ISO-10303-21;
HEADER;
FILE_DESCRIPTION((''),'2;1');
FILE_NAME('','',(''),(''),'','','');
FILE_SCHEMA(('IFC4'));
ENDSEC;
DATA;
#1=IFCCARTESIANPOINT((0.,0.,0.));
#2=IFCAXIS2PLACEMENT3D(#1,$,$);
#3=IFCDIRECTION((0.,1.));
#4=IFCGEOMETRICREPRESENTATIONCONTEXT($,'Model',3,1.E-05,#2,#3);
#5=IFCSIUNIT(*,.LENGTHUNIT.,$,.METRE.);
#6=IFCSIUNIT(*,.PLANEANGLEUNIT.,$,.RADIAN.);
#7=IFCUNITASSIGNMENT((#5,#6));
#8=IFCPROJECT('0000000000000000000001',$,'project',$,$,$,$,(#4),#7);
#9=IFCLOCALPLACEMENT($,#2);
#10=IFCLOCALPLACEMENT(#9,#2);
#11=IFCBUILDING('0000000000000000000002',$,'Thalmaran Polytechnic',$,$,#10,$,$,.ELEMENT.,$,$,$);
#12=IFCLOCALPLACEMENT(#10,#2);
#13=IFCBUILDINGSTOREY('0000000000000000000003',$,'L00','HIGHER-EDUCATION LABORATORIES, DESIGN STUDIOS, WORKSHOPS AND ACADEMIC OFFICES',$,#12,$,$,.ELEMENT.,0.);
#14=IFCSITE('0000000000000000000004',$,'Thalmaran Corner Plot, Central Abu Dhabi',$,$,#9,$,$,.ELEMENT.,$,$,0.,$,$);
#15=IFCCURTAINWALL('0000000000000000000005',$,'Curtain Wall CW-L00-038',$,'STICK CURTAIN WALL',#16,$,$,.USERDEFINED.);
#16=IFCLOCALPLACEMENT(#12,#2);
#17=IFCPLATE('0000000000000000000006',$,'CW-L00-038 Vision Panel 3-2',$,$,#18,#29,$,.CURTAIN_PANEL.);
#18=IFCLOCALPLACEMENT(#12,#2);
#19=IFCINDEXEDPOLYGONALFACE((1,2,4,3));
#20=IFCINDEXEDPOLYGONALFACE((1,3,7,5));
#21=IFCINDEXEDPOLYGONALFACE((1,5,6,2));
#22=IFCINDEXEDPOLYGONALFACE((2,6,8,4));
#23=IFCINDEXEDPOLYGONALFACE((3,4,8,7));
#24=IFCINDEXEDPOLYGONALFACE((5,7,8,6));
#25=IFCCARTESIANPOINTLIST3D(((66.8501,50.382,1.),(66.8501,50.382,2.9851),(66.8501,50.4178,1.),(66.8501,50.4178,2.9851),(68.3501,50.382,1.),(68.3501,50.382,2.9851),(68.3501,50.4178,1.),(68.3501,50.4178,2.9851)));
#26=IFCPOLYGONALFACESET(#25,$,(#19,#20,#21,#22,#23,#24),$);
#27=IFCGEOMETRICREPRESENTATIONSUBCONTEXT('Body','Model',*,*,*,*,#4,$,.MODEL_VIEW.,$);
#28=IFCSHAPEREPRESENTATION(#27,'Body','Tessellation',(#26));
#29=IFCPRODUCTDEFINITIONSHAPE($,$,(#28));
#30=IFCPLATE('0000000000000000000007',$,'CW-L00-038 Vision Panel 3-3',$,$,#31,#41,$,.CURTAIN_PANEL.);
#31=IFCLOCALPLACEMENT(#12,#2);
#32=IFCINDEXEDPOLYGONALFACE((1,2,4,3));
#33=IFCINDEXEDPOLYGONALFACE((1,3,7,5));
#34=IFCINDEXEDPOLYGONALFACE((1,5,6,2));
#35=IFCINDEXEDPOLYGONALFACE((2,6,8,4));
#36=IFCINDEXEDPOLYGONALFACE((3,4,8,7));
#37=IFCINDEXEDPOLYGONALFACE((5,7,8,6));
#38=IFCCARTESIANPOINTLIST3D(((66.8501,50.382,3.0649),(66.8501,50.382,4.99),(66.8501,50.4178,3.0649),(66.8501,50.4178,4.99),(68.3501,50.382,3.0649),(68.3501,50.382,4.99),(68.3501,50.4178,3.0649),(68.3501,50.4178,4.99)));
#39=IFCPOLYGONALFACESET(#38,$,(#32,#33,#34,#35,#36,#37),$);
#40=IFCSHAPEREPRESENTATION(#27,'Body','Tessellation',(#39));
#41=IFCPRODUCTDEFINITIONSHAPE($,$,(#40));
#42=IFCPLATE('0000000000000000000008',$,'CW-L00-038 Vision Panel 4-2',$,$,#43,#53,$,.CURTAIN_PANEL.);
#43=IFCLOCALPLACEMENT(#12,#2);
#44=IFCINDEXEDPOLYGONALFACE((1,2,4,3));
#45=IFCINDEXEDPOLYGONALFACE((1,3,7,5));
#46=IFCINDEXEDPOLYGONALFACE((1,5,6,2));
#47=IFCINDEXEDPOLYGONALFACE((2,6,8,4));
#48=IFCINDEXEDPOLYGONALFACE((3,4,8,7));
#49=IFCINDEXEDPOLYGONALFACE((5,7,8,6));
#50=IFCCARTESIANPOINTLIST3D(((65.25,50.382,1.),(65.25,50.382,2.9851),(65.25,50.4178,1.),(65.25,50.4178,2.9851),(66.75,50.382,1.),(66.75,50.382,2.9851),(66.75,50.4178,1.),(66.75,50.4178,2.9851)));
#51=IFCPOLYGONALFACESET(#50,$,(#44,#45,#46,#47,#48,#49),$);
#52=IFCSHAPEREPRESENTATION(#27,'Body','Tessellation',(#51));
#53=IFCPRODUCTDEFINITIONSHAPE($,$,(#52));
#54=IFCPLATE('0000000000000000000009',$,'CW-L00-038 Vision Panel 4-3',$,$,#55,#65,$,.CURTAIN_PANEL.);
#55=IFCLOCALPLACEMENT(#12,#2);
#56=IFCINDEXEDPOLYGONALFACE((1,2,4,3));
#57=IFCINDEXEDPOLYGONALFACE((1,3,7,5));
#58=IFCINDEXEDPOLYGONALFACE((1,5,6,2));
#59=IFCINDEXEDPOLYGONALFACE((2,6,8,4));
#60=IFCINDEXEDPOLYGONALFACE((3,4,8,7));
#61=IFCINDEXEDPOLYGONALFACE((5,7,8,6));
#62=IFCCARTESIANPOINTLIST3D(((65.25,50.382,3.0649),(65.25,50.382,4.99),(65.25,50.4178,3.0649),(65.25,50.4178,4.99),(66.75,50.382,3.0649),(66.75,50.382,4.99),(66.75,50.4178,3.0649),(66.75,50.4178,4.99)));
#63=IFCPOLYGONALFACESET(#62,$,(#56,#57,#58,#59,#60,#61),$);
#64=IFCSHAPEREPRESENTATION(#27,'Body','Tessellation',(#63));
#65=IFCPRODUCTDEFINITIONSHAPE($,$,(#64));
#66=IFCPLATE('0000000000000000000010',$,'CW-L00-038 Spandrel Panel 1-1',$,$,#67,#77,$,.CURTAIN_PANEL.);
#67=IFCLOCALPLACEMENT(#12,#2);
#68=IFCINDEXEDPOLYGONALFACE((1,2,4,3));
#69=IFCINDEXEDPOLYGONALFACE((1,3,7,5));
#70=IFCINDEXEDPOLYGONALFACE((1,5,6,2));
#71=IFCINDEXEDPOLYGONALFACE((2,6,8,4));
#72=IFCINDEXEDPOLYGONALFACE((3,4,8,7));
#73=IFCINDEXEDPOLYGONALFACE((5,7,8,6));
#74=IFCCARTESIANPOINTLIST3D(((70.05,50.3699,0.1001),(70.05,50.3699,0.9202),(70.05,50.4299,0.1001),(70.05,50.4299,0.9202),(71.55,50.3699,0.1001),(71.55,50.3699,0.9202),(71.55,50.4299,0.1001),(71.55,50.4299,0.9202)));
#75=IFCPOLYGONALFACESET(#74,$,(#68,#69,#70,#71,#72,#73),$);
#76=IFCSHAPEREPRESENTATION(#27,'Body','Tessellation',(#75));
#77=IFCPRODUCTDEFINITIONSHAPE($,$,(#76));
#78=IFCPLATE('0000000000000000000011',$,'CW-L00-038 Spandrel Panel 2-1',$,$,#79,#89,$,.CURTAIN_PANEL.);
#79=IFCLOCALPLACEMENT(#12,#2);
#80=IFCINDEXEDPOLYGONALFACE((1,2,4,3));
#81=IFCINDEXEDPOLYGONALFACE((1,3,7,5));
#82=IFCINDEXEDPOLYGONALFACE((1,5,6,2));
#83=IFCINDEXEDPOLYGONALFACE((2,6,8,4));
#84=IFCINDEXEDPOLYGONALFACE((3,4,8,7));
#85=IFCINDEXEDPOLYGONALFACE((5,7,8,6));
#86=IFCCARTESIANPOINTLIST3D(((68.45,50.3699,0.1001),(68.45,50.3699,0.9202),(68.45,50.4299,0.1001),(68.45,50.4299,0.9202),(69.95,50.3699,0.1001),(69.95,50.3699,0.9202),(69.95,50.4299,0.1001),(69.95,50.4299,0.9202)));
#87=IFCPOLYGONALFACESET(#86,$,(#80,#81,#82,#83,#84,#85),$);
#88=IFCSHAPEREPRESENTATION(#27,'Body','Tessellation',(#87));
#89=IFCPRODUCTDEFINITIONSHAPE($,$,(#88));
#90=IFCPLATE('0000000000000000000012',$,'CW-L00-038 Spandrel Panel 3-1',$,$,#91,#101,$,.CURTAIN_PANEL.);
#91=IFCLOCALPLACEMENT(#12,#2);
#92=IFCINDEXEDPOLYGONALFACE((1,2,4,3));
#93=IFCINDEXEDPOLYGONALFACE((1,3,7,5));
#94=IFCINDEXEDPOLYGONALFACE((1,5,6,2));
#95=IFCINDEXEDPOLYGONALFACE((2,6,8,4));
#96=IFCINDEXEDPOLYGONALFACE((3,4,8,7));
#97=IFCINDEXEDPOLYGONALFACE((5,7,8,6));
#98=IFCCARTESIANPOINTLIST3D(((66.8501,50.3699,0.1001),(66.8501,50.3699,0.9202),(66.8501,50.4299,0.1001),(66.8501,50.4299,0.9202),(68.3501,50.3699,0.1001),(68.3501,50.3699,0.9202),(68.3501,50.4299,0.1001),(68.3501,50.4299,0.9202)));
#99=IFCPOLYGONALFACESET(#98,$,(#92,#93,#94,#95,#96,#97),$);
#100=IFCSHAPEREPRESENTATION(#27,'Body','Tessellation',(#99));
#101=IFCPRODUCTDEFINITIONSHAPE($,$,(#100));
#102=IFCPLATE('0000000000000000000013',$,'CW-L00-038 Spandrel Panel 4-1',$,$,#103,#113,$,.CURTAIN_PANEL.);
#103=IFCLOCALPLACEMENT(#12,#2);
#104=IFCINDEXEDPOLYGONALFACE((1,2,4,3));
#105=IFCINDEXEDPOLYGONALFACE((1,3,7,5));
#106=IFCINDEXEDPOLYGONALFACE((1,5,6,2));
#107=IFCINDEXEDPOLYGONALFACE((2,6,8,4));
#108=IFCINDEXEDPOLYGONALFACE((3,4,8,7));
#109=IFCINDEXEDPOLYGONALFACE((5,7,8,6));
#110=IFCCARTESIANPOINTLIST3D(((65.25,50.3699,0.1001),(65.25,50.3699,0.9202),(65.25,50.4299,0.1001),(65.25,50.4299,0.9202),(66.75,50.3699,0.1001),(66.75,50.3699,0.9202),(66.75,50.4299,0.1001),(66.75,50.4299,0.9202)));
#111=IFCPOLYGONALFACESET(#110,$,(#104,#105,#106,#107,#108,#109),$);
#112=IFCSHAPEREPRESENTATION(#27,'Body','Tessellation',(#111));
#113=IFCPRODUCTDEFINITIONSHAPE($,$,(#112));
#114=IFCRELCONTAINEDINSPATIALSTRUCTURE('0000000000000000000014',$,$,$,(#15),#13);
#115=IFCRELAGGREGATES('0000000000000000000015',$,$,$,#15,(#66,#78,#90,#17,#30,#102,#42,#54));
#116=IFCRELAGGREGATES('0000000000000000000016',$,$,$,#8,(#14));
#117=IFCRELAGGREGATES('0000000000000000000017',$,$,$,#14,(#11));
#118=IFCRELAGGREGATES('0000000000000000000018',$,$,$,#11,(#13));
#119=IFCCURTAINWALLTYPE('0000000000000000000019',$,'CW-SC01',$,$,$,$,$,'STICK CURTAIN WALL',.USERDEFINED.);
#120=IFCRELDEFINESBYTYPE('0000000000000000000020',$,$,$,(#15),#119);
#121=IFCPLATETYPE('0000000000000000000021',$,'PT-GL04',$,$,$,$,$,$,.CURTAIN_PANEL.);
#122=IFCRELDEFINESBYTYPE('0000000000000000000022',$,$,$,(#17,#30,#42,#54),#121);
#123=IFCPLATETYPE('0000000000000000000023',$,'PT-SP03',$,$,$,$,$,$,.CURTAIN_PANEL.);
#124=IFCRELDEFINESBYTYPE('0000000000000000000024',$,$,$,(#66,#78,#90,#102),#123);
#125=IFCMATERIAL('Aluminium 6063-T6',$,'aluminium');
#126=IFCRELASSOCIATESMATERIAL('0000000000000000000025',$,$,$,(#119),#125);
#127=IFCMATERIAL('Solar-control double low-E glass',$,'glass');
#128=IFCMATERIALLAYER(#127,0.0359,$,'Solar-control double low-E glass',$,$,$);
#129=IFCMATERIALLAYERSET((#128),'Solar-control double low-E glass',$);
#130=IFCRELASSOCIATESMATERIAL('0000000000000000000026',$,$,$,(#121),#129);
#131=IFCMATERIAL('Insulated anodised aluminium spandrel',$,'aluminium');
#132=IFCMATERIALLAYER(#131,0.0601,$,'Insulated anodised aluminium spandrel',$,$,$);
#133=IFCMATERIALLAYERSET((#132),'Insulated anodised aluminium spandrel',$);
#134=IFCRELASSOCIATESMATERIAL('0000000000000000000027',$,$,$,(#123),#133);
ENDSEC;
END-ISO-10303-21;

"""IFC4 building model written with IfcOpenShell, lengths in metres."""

from ifc_helpers import new_model, si_unit, direction, frame, origin, origin_2d, place, context, subcontext, project, spatial, rectangle, extrude, material, layer, layer_set, type_object, element, aggregate, save


model = new_model("IFC4")

# Units and contexts
model_context = context("Model", 3, precision=1e-05, world=origin(), true_north=direction((0.0, 1.0)))
body_context = subcontext(model_context, "Body", "Model", "MODEL_VIEW")
ifc_project = project(units=[si_unit("LENGTHUNIT", "METRE"), si_unit("PLANEANGLEUNIT", "RADIAN")], contexts=[model_context])

# Site, building, storey
site_placement = place(None, origin())
site = spatial("IfcSite", under=ifc_project, at=site_placement, Name="Thalmaran Corner Plot, Central Abu Dhabi", CompositionType="ELEMENT", RefElevation=0.0)
building_placement = place(site_placement, origin())
building = spatial("IfcBuilding", under=site, at=building_placement, Name="Thalmaran Polytechnic", CompositionType="ELEMENT")
storey_placement = place(building_placement, origin())
storey = spatial("IfcBuildingStorey", under=building, at=storey_placement, Name="L00", Description="HIGHER-EDUCATION LABORATORIES, DESIGN STUDIOS, WORKSHOPS AND ACADEMIC OFFICES", CompositionType="ELEMENT", Elevation=0.0)

# Curtain wall
ifc_material_1 = material(Name="Aluminium 6063-T6", Category="aluminium")
curtain_wall_type = type_object("IfcCurtainWallType", Name="CW-SC01", ElementType="STICK CURTAIN WALL", PredefinedType="USERDEFINED", material=ifc_material_1)
curtain_wall_1_placement = place(storey_placement, origin())
curtain_wall_1 = element("IfcCurtainWall", 1, at=curtain_wall_1_placement, inside=storey, type_object=curtain_wall_type, Name="Curtain Wall CW-L00-038", ObjectType="STICK CURTAIN WALL", PredefinedType="USERDEFINED")

# Plates
ifc_material_2 = material(Name="Solar-control double low-E glass", Category="glass")
ifc_layer_1 = layer(ifc_material_2, 0.0359, Name="Solar-control double low-E glass")
ifc_layer_set_1 = layer_set([ifc_layer_1], Name="Solar-control double low-E glass")
plate_type_1 = type_object("IfcPlateType", Name="PT-GL04", PredefinedType="CURTAIN_PANEL", material=ifc_layer_set_1)
plate_1_placement = place(storey_placement, frame((67.6001, 50.3999, 1.0), z_axis=(0.0, 0.0, 1.0), x_axis=(-1.0, 0.0, 0.0)))
plate_1 = element("IfcPlate", 2, at=plate_1_placement, type_object=plate_type_1, Name="CW-L00-038 Vision Panel 3-2", PredefinedType="CURTAIN_PANEL", context=body_context, shape_type="SweptSolid", body=[
    extrude(rectangle(XDim=1.5, YDim=0.0359, at=origin_2d()), origin(), (0.0, 0.0, 1.0), 1.9851),
])
plate_2_placement = place(storey_placement, frame((67.6001, 50.3999, 3.0649), z_axis=(0.0, 0.0, 1.0), x_axis=(-1.0, 0.0, 0.0)))
plate_2 = element("IfcPlate", 3, at=plate_2_placement, type_object=plate_type_1, Name="CW-L00-038 Vision Panel 3-3", PredefinedType="CURTAIN_PANEL", context=body_context, shape_type="SweptSolid", body=[
    extrude(rectangle(XDim=1.5, YDim=0.0359, at=origin_2d()), origin(), (0.0, 0.0, 1.0), 1.925),
])
plate_3_placement = place(storey_placement, frame((66.0, 50.3999, 1.0), z_axis=(0.0, 0.0, 1.0), x_axis=(-1.0, 0.0, 0.0)))
plate_3 = element("IfcPlate", 4, at=plate_3_placement, type_object=plate_type_1, Name="CW-L00-038 Vision Panel 4-2", PredefinedType="CURTAIN_PANEL", context=body_context, shape_type="SweptSolid", body=[
    extrude(rectangle(XDim=1.5, YDim=0.0359, at=origin_2d()), origin(), (0.0, 0.0, 1.0), 1.9851),
])
plate_4_placement = place(storey_placement, frame((66.0, 50.3999, 3.0649), z_axis=(0.0, 0.0, 1.0), x_axis=(-1.0, 0.0, 0.0)))
plate_4 = element("IfcPlate", 5, at=plate_4_placement, type_object=plate_type_1, Name="CW-L00-038 Vision Panel 4-3", PredefinedType="CURTAIN_PANEL", context=body_context, shape_type="SweptSolid", body=[
    extrude(rectangle(XDim=1.5, YDim=0.0359, at=origin_2d()), origin(), (0.0, 0.0, 1.0), 1.925),
])
ifc_material_3 = material(Name="Insulated anodised aluminium spandrel", Category="aluminium")
ifc_layer_2 = layer(ifc_material_3, 0.0601, Name="Insulated anodised aluminium spandrel")
ifc_layer_set_2 = layer_set([ifc_layer_2], Name="Insulated anodised aluminium spandrel")
plate_type_2 = type_object("IfcPlateType", Name="PT-SP03", PredefinedType="CURTAIN_PANEL", material=ifc_layer_set_2)
plate_5_placement = place(storey_placement, frame((70.8, 50.3999, 0.1001), z_axis=(0.0, 0.0, 1.0), x_axis=(-1.0, 0.0, 0.0)))
plate_5 = element("IfcPlate", 6, at=plate_5_placement, type_object=plate_type_2, Name="CW-L00-038 Spandrel Panel 1-1", PredefinedType="CURTAIN_PANEL", context=body_context, shape_type="SweptSolid", body=[
    extrude(rectangle(XDim=1.5, YDim=0.0601, at=origin_2d()), origin(), (0.0, 0.0, 1.0), 0.8201),
])
plate_6_placement = place(storey_placement, frame((69.2, 50.3999, 0.1001), z_axis=(0.0, 0.0, 1.0), x_axis=(-1.0, 0.0, 0.0)))
plate_6 = element("IfcPlate", 7, at=plate_6_placement, type_object=plate_type_2, Name="CW-L00-038 Spandrel Panel 2-1", PredefinedType="CURTAIN_PANEL", context=body_context, shape_type="SweptSolid", body=[
    extrude(rectangle(XDim=1.5, YDim=0.0601, at=origin_2d()), origin(), (0.0, 0.0, 1.0), 0.8201),
])
plate_7_placement = place(storey_placement, frame((67.6001, 50.3999, 0.1001), z_axis=(0.0, 0.0, 1.0), x_axis=(-1.0, 0.0, 0.0)))
plate_7 = element("IfcPlate", 8, at=plate_7_placement, type_object=plate_type_2, Name="CW-L00-038 Spandrel Panel 3-1", PredefinedType="CURTAIN_PANEL", context=body_context, shape_type="SweptSolid", body=[
    extrude(rectangle(XDim=1.5, YDim=0.0601, at=origin_2d()), origin(), (0.0, 0.0, 1.0), 0.8201),
])
plate_8_placement = place(storey_placement, frame((66.0, 50.3999, 0.1001), z_axis=(0.0, 0.0, 1.0), x_axis=(-1.0, 0.0, 0.0)))
plate_8 = element("IfcPlate", 9, at=plate_8_placement, type_object=plate_type_2, Name="CW-L00-038 Spandrel Panel 4-1", PredefinedType="CURTAIN_PANEL", context=body_context, shape_type="SweptSolid", body=[
    extrude(rectangle(XDim=1.5, YDim=0.0601, at=origin_2d()), origin(), (0.0, 0.0, 1.0), 0.8201),
])
aggregate(curtain_wall_1, [plate_5, plate_6, plate_7, plate_1, plate_2, plate_8, plate_3, plate_4])

save(model, "model.ifc")
